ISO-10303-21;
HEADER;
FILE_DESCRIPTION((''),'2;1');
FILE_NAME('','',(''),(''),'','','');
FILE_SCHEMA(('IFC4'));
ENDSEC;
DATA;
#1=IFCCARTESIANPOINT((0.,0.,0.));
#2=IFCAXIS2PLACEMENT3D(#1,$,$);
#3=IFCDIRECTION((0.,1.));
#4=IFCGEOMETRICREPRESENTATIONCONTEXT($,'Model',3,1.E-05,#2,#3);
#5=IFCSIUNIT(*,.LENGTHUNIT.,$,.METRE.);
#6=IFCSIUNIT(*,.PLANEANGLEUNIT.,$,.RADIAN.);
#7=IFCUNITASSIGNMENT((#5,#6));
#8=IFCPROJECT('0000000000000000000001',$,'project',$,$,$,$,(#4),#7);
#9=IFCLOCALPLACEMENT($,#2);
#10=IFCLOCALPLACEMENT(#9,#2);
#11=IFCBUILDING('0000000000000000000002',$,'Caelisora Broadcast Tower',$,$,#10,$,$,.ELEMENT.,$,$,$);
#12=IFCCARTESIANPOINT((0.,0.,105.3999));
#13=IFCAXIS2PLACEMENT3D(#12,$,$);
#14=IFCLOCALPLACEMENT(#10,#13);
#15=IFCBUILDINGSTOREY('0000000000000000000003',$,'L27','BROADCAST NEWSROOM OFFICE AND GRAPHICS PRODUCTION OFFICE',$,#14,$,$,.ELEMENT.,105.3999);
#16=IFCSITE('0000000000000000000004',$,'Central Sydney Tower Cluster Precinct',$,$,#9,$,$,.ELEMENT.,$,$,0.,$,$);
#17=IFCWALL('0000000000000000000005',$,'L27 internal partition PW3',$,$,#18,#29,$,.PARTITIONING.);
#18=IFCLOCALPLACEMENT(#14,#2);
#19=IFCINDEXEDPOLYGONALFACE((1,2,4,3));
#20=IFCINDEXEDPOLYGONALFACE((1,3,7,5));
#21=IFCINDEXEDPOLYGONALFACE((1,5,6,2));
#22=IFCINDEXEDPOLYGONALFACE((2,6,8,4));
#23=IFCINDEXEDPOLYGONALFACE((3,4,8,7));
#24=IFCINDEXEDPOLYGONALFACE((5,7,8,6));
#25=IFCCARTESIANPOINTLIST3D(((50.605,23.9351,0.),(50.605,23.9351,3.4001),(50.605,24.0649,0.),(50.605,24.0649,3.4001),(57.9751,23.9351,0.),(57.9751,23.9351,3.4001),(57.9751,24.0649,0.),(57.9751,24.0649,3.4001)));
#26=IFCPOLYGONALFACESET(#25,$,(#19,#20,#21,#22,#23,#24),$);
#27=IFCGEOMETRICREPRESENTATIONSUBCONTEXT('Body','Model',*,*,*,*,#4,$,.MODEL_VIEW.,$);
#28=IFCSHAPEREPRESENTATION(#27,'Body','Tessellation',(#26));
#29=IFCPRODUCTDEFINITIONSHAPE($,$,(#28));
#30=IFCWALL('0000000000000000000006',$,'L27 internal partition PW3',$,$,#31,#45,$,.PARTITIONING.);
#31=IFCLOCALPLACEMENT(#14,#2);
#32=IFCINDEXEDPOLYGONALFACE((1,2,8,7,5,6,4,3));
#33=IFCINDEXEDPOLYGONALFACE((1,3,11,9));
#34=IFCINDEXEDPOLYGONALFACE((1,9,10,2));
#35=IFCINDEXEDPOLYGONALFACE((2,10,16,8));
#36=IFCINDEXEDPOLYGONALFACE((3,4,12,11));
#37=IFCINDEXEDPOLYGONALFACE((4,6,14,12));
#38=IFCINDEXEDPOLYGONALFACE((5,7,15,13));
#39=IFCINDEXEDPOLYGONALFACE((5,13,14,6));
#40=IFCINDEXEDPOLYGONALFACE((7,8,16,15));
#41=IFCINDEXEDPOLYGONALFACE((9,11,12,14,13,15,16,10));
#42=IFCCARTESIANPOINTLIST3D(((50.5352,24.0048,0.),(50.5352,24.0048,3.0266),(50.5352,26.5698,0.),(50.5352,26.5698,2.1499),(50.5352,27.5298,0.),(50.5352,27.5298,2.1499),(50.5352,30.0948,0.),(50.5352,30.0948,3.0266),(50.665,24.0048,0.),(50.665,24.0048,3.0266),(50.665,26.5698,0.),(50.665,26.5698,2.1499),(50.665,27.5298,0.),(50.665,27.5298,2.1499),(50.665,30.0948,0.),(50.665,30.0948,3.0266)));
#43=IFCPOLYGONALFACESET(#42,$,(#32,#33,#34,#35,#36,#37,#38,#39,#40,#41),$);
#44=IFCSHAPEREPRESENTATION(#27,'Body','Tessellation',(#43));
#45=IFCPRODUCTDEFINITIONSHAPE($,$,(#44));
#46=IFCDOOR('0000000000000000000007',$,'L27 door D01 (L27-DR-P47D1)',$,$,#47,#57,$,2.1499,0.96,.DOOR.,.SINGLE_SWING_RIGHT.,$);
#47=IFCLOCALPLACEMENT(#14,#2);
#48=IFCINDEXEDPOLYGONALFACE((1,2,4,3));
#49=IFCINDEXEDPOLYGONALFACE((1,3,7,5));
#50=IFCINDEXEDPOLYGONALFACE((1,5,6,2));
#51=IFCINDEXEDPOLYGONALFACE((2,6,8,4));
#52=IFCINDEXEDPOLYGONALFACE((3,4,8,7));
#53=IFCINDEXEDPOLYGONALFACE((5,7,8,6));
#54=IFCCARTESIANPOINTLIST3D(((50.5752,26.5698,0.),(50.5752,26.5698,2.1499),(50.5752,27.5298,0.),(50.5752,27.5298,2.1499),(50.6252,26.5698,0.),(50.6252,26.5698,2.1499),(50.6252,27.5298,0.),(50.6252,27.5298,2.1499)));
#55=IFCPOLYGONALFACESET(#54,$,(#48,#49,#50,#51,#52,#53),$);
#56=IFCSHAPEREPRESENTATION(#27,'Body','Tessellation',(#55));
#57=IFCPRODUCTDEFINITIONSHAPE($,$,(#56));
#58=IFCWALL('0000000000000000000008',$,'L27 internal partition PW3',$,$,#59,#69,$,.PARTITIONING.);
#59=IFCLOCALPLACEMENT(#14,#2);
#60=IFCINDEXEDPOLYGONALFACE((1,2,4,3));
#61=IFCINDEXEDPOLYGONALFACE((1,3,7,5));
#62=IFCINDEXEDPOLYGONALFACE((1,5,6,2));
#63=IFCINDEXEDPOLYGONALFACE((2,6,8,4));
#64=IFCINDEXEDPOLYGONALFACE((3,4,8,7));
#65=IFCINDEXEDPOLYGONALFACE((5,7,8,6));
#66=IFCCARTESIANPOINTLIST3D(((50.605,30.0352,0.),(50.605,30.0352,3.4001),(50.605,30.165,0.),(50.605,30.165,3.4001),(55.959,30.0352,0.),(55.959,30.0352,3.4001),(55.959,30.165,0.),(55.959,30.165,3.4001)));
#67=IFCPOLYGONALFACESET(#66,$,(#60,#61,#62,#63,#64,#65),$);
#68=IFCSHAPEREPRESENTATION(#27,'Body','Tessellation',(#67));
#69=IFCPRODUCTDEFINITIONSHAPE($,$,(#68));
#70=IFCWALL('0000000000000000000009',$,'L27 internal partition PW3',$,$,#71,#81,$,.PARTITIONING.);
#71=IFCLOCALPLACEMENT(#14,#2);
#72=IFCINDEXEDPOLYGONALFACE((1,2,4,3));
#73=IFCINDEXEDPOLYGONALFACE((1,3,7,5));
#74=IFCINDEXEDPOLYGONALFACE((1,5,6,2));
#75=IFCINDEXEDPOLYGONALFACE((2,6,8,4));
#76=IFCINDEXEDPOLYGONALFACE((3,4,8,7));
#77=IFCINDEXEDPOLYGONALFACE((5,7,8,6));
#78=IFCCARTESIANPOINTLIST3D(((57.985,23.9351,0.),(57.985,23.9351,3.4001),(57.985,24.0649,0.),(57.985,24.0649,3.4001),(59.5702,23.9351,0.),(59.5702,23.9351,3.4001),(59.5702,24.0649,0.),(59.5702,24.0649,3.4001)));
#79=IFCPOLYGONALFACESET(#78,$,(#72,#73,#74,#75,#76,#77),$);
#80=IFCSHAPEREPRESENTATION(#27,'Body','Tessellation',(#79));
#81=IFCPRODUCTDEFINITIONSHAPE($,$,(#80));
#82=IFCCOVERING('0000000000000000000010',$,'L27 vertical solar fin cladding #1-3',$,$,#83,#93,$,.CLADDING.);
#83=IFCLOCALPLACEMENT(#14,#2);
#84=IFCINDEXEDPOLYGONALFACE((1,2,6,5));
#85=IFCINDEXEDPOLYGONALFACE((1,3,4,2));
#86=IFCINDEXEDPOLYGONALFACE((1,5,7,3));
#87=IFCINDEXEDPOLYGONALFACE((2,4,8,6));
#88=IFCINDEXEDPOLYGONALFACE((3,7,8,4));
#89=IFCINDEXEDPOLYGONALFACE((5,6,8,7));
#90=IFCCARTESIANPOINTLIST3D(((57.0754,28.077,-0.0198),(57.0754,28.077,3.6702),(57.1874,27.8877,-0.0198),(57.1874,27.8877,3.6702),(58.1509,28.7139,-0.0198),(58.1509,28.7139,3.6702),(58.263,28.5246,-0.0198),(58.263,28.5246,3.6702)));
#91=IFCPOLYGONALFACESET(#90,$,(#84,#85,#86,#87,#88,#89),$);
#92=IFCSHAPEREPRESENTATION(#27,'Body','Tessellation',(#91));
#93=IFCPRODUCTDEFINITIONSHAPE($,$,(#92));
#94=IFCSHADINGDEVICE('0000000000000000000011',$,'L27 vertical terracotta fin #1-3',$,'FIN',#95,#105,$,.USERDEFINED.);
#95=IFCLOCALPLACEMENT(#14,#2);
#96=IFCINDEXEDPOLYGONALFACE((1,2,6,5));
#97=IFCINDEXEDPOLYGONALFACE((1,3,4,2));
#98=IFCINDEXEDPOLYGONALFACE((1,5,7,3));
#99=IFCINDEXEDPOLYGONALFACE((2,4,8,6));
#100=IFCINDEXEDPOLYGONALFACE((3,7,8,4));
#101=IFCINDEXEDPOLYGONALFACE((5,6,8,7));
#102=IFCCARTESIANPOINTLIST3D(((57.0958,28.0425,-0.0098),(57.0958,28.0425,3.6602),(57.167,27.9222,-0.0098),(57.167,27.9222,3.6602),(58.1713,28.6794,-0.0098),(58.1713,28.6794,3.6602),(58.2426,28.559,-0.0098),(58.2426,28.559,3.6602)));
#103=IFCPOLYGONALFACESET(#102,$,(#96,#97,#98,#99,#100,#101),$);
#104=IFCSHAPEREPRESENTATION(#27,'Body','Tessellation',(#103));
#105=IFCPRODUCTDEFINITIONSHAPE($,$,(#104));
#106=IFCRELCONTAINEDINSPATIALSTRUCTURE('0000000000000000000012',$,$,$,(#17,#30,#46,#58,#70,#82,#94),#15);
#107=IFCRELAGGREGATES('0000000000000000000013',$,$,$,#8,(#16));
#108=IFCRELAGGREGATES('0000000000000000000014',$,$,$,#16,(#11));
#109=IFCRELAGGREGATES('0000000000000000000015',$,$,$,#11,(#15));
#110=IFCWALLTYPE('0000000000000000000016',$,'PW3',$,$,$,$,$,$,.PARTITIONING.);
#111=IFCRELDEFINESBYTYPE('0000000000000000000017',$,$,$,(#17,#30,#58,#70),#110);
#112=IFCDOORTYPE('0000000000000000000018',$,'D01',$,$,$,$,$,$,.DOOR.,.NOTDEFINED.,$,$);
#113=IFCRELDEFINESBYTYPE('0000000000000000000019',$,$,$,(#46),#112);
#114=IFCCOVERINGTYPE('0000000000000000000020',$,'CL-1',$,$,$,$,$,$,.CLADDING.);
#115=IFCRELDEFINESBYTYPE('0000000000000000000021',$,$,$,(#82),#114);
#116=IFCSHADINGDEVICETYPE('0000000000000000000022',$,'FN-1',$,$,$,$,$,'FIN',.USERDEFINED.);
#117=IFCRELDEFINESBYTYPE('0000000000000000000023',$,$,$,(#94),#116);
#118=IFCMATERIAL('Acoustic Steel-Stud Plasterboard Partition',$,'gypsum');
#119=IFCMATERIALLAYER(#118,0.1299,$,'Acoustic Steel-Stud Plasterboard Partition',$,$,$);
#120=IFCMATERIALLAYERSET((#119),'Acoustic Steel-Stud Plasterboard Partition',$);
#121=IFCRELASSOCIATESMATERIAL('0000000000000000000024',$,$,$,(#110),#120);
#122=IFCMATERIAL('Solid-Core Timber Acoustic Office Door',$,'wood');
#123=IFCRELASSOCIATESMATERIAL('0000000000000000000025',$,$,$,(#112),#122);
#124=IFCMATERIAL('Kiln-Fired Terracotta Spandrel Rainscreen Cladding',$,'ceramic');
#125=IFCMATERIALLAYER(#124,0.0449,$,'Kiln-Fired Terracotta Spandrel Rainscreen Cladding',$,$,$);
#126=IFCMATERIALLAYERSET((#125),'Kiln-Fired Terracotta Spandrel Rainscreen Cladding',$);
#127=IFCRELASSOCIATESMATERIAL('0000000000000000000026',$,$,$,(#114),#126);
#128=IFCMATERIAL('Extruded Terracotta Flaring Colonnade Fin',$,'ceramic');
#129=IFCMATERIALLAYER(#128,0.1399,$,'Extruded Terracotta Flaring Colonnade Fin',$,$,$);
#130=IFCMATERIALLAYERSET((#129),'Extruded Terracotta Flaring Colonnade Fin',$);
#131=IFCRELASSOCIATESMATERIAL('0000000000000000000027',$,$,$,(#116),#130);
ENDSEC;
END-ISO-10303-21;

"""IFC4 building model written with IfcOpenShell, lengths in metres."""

from ifc_helpers import new_model, si_unit, direction, frame, frame_2d, origin, origin_2d, place, context, subcontext, project, spatial, rectangle, extrude, source, transform, mapped, material, layer, layer_set, type_object, type_shapes, element, fill, save


model = new_model("IFC4")

# Units and contexts
model_context = context("Model", 3, precision=1e-05, world=origin(), true_north=direction((0.0, 1.0)))
body_context = subcontext(model_context, "Body", "Model", "MODEL_VIEW")
ifc_project = project(units=[si_unit("LENGTHUNIT", "METRE"), si_unit("PLANEANGLEUNIT", "RADIAN")], contexts=[model_context])

# Site, building, storey
site_placement = place(None, origin())
site = spatial("IfcSite", under=ifc_project, at=site_placement, Name="Central Sydney Tower Cluster Precinct", CompositionType="ELEMENT", RefElevation=0.0)
building_placement = place(site_placement, origin())
building = spatial("IfcBuilding", under=site, at=building_placement, Name="Caelisora Broadcast Tower", CompositionType="ELEMENT")
storey_placement = place(building_placement, frame((0.0, 0.0, 105.3999)))
storey = spatial("IfcBuildingStorey", under=building, at=storey_placement, Name="L27", Description="BROADCAST NEWSROOM OFFICE AND GRAPHICS PRODUCTION OFFICE", CompositionType="ELEMENT", Elevation=105.3999)

# Wall
ifc_material_1 = material(Name="Acoustic Steel-Stud Plasterboard Partition", Category="gypsum")
ifc_layer_1 = layer(ifc_material_1, 0.1299, Name="Acoustic Steel-Stud Plasterboard Partition")
ifc_layer_set_1 = layer_set([ifc_layer_1], Name="Acoustic Steel-Stud Plasterboard Partition")
wall_type_1 = type_object("IfcWallType", Name="PW3", PredefinedType="PARTITIONING", material=ifc_layer_set_1)
wall_1_placement = place(storey_placement, frame((50.605, 24.0, 0.0), z_axis=(0.0, 0.0, 1.0), x_axis=(1.0, 0.0, 0.0)))
element("IfcWall", 1, at=wall_1_placement, inside=storey, type_object=wall_type_1, Name="L27 internal partition PW3", PredefinedType="PARTITIONING", context=body_context, shape_type="SweptSolid", body=[
    extrude(rectangle(XDim=7.3701, YDim=0.1299, at=frame_2d((3.6851, 0.0))), origin(), (0.0, 0.0, 1.0), 3.4001),
])

# Wall, opening, door
wall_2_placement = place(storey_placement, frame((50.6001, 24.0049, 0.0), z_axis=(0.0, 0.0, 1.0), x_axis=(0.0, 1.0, 0.0)))
wall_2 = element("IfcWall", 2, at=wall_2_placement, inside=storey, type_object=wall_type_1, Name="L27 internal partition PW3", PredefinedType="PARTITIONING", context=body_context, shape_type="SweptSolid", body=[
    extrude(rectangle(XDim=6.0901, YDim=0.1299, at=frame_2d((3.0449, 0.0))), origin(), (0.0, 0.0, 1.0), 3.0266),
])
opening_1_placement = place(wall_2_placement, frame((2.5649, 0.0, 0.0)))
opening_1 = element("IfcOpeningElement", 3, at=opening_1_placement, cuts=wall_2, PredefinedType="OPENING", context=body_context, shape_type="SweptSolid", body=[
    extrude(rectangle(XDim=0.96, YDim=2.1499, at=frame_2d((0.48, 1.075))), frame((0.0, 0.0769, 0.0), z_axis=(0.0, -1.0, 0.0), x_axis=(1.0, 0.0, 0.0)), (0.0, 0.0, 1.0), 0.1538),
])
ifc_material_2 = material(Name="Solid-Core Timber Acoustic Office Door", Category="wood")
door_type_1 = type_object("IfcDoorType", Name="D01", OperationType="NOTDEFINED", PredefinedType="DOOR", material=ifc_material_2)
door_1_placement = place(opening_1_placement, origin())
door_1 = element("IfcDoor", 4, at=door_1_placement, inside=storey, type_object=door_type_1, Name="L27 door D01 (L27-DR-P47D1)", OperationType="SINGLE_SWING_RIGHT", OverallHeight=2.1499, OverallWidth=0.96, PredefinedType="DOOR", context=body_context, shape_type="SweptSolid", body=[
    extrude(rectangle(XDim=0.96, YDim=2.1499, at=frame_2d((0.48, 1.075))), frame((0.0, 0.0249, 0.0), z_axis=(0.0, -1.0, 0.0), x_axis=(1.0, 0.0, 0.0)), (0.0, 0.0, 1.0), 0.05),
])
fill(opening_1, door_1)

# Walls
wall_3_placement = place(storey_placement, frame((50.605, 30.1001, 0.0), z_axis=(0.0, 0.0, 1.0), x_axis=(1.0, 0.0, 0.0)))
element("IfcWall", 5, at=wall_3_placement, inside=storey, type_object=wall_type_1, Name="L27 internal partition PW3", PredefinedType="PARTITIONING", context=body_context, shape_type="SweptSolid", body=[
    extrude(rectangle(XDim=5.354, YDim=0.1299, at=frame_2d((2.677, 0.0))), origin(), (0.0, 0.0, 1.0), 3.4001),
])
wall_4_placement = place(storey_placement, frame((57.9851, 24.0, 0.0), z_axis=(0.0, 0.0, 1.0), x_axis=(1.0, 0.0, 0.0)))
element("IfcWall", 6, at=wall_4_placement, inside=storey, type_object=wall_type_1, Name="L27 internal partition PW3", PredefinedType="PARTITIONING", context=body_context, shape_type="SweptSolid", body=[
    extrude(rectangle(XDim=1.5852, YDim=0.1299, at=frame_2d((0.7925, 0.0))), origin(), (0.0, 0.0, 1.0), 3.4001),
])

# Covering
ifc_material_3 = material(Name="Kiln-Fired Terracotta Spandrel Rainscreen Cladding", Category="ceramic")
ifc_layer_2 = layer(ifc_material_3, 0.0449, Name="Kiln-Fired Terracotta Spandrel Rainscreen Cladding")
ifc_layer_set_2 = layer_set([ifc_layer_2], Name="Kiln-Fired Terracotta Spandrel Rainscreen Cladding")
covering_type = type_object("IfcCoveringType", Name="CL-1", PredefinedType="CLADDING", material=ifc_layer_set_2)
shared_shape_1 = source(origin(), body_context, "Body", "SweptSolid", [
    extrude(rectangle(XDim=0.22, YDim=1.25, at=origin_2d()), origin(), (0.0, 0.0, 1.0), 3.6899),
])
type_shapes(covering_type, [shared_shape_1])
covering_placement = place(storey_placement, frame((57.6692, 28.3008, -0.0198), z_axis=(0.0, 0.0, 1.0), x_axis=(0.509492, -0.860475, 0.0)))
element("IfcCovering", 7, at=covering_placement, inside=storey, type_object=covering_type, Name="L27 vertical solar fin cladding #1-3", PredefinedType="CLADDING", context=body_context, shape_type="MappedRepresentation", body=[
    mapped(shared_shape_1, transform((0.0, 0.0, 0.0), scale=1.0)),
])

# Shading device
ifc_material_4 = material(Name="Extruded Terracotta Flaring Colonnade Fin", Category="ceramic")
ifc_layer_3 = layer(ifc_material_4, 0.1399, Name="Extruded Terracotta Flaring Colonnade Fin")
ifc_layer_set_3 = layer_set([ifc_layer_3], Name="Extruded Terracotta Flaring Colonnade Fin")
shading_device_type = type_object("IfcShadingDeviceType", Name="FN-1", ElementType="FIN", PredefinedType="USERDEFINED", material=ifc_layer_set_3)
shared_shape_2 = source(origin(), body_context, "Body", "SweptSolid", [
    extrude(rectangle(XDim=0.1399, YDim=1.25, at=origin_2d()), origin(), (0.0, 0.0, 1.0), 3.6699),
])
type_shapes(shading_device_type, [shared_shape_2])
shading_device_placement = place(storey_placement, frame((57.6692, 28.3008, -0.0098), z_axis=(0.0, 0.0, 1.0), x_axis=(0.509492, -0.860475, 0.0)))
element("IfcShadingDevice", 8, at=shading_device_placement, inside=storey, type_object=shading_device_type, Name="L27 vertical terracotta fin #1-3", ObjectType="FIN", PredefinedType="USERDEFINED", context=body_context, shape_type="MappedRepresentation", body=[
    mapped(shared_shape_2, transform((0.0, 0.0, 0.0), scale=1.0)),
])

save(model, "model.ifc")
